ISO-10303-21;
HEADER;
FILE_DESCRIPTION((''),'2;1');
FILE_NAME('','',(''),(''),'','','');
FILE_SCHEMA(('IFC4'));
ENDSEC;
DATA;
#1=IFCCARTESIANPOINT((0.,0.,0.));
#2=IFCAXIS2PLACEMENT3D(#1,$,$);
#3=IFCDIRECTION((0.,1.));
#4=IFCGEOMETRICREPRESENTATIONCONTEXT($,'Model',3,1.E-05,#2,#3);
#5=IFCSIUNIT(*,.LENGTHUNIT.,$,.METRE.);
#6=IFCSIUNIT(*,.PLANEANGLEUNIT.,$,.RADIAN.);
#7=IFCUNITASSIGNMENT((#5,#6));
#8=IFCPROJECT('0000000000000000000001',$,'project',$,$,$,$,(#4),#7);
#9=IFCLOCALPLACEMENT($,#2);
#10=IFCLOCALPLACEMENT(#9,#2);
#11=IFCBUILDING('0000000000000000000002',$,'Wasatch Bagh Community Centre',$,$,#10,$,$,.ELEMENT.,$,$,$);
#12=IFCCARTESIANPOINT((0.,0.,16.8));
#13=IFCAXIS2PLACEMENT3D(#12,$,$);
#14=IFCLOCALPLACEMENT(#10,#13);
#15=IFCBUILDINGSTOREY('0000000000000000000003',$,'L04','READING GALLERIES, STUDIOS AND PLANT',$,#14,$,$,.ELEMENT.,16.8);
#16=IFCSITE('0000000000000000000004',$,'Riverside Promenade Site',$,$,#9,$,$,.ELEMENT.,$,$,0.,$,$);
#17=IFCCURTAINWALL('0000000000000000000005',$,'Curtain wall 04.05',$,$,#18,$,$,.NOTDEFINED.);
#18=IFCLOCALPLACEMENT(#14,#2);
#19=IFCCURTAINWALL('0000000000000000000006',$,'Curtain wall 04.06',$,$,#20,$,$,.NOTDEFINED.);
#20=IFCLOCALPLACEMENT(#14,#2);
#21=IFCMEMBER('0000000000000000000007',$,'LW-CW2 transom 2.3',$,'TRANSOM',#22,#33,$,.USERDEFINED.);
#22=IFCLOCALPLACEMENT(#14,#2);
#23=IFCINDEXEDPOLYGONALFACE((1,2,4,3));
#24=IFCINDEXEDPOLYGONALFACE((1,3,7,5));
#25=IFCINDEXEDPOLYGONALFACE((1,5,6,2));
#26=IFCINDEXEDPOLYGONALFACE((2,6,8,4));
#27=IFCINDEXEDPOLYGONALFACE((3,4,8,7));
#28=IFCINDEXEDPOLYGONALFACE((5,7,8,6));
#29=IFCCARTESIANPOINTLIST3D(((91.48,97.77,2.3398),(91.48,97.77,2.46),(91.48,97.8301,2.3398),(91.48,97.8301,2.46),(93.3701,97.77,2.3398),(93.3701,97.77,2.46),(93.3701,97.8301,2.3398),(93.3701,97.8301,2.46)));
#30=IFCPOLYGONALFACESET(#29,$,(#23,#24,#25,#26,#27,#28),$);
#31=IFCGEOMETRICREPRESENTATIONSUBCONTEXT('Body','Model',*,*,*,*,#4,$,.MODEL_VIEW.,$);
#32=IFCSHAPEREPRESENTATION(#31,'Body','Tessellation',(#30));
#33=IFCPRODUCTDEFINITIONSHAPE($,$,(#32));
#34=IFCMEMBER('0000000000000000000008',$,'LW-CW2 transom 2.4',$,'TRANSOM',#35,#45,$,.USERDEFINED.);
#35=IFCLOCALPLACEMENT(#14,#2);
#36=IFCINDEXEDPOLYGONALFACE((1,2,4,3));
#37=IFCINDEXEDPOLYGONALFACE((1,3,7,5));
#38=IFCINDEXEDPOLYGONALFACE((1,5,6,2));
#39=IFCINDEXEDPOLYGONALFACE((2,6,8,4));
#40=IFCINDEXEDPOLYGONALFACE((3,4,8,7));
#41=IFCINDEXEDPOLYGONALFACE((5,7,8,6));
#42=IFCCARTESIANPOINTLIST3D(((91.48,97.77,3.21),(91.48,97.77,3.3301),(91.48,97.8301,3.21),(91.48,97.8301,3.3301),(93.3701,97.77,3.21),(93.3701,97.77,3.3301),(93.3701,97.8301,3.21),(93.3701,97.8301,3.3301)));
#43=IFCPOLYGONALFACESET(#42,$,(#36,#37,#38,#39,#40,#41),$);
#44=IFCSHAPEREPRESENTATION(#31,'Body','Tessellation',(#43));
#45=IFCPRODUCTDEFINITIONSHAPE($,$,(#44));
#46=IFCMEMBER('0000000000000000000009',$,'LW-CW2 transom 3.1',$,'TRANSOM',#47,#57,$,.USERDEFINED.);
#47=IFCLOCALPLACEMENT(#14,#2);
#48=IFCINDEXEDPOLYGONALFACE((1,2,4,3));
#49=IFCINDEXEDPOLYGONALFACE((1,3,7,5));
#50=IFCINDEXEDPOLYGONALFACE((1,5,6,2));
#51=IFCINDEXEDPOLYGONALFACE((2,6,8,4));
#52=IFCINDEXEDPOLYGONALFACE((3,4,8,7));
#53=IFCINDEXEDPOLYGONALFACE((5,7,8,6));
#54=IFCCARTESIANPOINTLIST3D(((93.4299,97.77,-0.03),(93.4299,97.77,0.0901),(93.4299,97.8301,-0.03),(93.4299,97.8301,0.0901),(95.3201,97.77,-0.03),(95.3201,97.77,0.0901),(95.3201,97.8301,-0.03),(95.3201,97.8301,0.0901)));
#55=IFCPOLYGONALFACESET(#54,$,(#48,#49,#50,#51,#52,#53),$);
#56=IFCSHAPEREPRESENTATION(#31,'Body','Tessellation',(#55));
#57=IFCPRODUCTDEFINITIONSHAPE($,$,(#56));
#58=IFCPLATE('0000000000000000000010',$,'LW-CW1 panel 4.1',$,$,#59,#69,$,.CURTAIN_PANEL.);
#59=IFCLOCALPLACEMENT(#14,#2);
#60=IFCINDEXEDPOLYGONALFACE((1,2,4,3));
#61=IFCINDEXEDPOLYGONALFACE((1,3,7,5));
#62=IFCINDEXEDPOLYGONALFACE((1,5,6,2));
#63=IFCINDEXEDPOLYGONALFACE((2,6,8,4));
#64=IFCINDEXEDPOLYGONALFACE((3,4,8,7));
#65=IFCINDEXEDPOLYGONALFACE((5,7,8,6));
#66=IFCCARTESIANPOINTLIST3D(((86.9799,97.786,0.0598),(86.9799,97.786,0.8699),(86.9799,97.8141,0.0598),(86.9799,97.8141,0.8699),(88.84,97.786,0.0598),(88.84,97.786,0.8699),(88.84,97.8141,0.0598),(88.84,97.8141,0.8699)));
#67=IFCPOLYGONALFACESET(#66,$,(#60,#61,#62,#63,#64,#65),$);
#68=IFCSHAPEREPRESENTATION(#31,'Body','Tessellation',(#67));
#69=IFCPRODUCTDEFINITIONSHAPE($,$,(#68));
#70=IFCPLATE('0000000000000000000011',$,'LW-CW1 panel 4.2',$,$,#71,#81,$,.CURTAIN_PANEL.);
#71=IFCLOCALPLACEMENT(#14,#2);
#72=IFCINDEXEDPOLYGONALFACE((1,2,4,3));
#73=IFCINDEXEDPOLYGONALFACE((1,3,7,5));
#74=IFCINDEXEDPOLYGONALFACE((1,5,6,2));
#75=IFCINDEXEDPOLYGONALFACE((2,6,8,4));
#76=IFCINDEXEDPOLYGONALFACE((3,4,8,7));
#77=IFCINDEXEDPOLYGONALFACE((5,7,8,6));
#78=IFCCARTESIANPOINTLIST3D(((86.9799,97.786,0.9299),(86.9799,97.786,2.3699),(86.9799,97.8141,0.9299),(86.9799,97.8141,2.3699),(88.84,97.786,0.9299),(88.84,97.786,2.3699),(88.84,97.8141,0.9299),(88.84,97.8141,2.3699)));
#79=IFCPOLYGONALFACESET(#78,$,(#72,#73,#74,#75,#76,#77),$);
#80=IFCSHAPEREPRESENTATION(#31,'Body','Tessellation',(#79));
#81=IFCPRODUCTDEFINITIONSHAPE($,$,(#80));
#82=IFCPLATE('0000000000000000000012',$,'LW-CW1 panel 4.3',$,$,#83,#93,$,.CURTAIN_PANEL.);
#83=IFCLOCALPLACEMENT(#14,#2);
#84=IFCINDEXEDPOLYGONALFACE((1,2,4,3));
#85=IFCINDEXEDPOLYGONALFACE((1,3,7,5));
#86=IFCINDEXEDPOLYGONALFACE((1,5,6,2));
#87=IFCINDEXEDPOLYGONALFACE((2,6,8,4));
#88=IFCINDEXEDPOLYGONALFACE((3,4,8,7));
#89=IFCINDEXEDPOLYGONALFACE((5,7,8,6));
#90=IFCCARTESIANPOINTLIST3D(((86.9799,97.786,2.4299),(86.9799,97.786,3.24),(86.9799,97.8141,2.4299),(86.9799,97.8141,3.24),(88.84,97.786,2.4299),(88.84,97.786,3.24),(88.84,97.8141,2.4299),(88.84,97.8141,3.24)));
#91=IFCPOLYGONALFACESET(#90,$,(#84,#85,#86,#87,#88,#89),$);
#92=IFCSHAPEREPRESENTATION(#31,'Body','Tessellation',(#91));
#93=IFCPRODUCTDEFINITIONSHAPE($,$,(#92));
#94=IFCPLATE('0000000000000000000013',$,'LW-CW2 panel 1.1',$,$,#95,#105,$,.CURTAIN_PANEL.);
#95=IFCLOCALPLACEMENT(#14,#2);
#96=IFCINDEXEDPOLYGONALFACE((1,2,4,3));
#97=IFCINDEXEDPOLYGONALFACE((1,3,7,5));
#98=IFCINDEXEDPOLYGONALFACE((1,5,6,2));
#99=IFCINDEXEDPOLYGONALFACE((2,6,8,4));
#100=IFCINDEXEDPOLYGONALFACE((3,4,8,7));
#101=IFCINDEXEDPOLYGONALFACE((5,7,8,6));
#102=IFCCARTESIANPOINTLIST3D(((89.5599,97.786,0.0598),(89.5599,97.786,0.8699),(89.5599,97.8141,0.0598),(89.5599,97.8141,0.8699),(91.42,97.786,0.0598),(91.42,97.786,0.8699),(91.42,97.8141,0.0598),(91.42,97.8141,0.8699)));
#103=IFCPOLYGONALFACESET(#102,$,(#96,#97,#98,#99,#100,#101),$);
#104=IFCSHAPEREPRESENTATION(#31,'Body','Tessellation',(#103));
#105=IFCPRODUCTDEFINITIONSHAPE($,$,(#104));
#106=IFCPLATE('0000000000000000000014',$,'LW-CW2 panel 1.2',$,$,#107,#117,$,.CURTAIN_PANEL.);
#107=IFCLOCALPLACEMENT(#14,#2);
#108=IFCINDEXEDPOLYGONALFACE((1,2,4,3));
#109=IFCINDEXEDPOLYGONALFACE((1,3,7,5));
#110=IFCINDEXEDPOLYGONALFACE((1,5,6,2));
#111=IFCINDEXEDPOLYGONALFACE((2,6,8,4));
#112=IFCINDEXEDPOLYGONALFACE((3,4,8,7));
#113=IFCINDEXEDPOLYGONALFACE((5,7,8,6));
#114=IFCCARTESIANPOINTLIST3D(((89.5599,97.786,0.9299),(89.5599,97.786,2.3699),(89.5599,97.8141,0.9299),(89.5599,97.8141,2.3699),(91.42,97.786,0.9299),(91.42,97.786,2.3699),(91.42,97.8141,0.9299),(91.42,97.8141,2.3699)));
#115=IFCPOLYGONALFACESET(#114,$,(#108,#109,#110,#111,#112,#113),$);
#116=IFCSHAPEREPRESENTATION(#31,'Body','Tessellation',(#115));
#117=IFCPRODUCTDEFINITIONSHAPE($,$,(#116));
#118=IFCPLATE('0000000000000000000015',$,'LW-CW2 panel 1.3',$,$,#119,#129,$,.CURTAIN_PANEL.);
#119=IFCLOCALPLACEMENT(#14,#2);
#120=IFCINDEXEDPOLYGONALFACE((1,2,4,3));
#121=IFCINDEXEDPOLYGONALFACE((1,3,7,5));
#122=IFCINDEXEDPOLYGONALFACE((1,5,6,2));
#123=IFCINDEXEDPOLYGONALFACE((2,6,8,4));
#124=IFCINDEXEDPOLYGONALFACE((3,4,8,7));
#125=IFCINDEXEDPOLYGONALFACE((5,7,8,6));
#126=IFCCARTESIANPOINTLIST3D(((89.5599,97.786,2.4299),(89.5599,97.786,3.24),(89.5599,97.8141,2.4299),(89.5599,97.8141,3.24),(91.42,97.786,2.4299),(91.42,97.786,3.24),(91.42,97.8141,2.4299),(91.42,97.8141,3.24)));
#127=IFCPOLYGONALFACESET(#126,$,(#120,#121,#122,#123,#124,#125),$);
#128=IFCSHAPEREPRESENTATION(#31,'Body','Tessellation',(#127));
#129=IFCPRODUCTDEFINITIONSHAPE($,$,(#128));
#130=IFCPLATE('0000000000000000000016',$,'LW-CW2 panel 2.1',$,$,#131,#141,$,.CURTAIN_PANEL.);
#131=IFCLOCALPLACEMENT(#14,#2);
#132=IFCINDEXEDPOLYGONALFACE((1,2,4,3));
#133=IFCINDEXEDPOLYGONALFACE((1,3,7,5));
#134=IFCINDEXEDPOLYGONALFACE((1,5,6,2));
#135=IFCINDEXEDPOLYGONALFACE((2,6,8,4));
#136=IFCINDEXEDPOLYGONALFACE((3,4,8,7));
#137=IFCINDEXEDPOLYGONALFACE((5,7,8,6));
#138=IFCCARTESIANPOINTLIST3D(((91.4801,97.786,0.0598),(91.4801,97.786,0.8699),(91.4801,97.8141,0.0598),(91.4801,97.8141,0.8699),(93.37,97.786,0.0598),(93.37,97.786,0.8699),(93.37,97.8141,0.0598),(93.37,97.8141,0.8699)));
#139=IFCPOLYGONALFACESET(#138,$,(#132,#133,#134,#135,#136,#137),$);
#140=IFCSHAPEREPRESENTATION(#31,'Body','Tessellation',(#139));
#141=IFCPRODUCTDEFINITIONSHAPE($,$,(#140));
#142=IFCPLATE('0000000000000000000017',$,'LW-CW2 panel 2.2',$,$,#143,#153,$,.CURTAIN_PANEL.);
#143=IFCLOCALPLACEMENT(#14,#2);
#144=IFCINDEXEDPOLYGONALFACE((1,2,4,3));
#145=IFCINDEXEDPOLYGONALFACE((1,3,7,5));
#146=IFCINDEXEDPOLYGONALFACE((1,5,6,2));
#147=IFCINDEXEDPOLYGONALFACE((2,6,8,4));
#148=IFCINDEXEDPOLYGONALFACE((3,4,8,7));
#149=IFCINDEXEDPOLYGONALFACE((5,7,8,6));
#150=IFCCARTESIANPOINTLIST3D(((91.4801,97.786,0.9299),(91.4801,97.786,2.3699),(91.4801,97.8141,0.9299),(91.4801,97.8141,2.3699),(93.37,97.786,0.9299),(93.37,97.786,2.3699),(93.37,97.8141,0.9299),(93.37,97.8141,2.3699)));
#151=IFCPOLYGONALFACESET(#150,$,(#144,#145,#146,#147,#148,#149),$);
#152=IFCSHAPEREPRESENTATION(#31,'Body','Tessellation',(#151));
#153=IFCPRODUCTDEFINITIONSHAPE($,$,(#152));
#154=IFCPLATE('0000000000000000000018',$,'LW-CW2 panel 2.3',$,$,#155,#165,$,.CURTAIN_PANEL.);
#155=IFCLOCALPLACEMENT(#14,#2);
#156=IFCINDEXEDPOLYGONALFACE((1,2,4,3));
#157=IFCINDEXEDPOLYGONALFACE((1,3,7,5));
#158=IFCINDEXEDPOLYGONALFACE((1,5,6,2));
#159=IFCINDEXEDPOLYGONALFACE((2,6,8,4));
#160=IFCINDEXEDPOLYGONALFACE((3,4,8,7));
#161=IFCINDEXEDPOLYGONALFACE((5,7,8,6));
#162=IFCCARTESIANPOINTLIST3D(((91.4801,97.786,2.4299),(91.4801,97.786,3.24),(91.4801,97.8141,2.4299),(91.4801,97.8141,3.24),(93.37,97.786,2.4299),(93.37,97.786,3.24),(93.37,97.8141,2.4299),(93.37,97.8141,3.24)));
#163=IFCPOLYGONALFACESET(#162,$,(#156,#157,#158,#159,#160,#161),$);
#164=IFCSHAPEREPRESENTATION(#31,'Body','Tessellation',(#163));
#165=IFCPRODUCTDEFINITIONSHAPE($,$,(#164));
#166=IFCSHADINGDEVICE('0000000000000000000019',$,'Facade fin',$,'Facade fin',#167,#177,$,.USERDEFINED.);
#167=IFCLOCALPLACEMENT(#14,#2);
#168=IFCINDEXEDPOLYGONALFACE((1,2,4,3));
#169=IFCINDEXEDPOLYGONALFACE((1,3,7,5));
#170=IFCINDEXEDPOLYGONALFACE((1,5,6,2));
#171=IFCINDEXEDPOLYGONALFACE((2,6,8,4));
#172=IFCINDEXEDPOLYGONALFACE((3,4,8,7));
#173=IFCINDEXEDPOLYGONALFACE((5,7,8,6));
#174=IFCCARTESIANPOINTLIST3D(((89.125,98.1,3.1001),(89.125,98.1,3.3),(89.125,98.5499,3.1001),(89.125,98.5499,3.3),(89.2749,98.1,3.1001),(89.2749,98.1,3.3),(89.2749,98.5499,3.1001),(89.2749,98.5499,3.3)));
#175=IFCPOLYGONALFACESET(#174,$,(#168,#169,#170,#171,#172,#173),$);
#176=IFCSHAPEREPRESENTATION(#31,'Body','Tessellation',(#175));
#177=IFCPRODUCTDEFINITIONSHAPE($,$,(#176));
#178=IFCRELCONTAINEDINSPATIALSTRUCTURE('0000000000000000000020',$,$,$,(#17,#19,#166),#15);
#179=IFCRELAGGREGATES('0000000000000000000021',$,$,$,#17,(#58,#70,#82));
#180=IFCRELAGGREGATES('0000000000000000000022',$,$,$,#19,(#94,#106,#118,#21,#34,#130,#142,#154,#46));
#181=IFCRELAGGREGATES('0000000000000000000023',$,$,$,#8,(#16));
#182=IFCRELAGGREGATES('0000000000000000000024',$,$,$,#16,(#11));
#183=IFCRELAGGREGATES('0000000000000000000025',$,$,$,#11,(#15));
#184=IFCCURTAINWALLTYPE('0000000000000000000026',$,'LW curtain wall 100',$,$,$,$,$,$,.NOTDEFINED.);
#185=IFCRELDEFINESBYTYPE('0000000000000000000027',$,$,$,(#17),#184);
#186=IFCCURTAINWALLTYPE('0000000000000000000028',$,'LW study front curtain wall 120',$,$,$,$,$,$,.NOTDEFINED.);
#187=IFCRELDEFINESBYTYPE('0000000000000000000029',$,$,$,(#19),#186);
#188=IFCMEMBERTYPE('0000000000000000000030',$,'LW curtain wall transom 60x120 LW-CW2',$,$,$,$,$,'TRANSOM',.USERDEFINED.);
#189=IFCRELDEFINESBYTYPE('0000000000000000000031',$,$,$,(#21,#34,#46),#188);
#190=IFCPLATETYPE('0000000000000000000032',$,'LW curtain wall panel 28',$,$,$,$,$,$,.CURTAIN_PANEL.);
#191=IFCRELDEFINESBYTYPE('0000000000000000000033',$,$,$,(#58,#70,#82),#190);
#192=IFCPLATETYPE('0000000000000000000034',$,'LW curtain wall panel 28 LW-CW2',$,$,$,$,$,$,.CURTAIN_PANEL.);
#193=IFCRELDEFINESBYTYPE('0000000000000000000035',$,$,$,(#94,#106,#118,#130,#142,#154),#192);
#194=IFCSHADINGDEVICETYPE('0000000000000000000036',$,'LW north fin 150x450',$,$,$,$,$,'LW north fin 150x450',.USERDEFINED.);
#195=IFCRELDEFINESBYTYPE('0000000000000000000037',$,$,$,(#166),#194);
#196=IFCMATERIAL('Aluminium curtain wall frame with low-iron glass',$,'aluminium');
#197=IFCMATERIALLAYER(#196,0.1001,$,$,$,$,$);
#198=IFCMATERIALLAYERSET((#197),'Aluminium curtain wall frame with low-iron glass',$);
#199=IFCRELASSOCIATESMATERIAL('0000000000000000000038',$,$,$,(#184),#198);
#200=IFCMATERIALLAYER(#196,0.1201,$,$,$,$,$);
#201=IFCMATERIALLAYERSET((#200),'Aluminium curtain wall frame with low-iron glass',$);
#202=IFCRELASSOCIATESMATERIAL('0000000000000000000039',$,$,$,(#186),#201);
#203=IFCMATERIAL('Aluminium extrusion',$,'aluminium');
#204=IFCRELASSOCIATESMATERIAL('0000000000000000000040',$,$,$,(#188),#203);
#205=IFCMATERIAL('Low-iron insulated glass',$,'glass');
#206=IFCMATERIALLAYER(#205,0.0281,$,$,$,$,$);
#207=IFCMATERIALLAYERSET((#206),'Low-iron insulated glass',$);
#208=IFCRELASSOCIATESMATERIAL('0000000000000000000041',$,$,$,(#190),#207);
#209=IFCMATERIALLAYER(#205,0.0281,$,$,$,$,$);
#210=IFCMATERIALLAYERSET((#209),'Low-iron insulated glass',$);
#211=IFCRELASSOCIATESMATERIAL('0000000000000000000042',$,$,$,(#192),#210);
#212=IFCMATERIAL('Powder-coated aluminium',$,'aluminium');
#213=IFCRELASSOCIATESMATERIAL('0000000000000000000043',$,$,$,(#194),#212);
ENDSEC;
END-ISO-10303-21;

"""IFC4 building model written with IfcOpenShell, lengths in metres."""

from ifc_helpers import new_model, si_unit, direction, frame, origin, origin_2d, place, context, subcontext, project, spatial, rectangle, extrude, material, layer, layer_set, material_profile, profile_set, type_object, element, aggregate, save


model = new_model("IFC4")

# Units and contexts
model_context = context("Model", 3, precision=1e-05, world=origin(), true_north=direction((0.0, 1.0)))
body_context = subcontext(model_context, "Body", "Model", "MODEL_VIEW")
ifc_project = project(units=[si_unit("LENGTHUNIT", "METRE"), si_unit("PLANEANGLEUNIT", "RADIAN")], contexts=[model_context])

# Site, building, storey
site_placement = place(None, origin())
site = spatial("IfcSite", under=ifc_project, at=site_placement, Name="Riverside Promenade Site", CompositionType="ELEMENT", RefElevation=0.0)
building_placement = place(site_placement, origin())
building = spatial("IfcBuilding", under=site, at=building_placement, Name="Wasatch Bagh Community Centre", CompositionType="ELEMENT")
storey_placement = place(building_placement, frame((0.0, 0.0, 16.8)))
storey = spatial("IfcBuildingStorey", under=building, at=storey_placement, Name="L04", Description="READING GALLERIES, STUDIOS AND PLANT", CompositionType="ELEMENT", Elevation=16.8)

# Curtain wall
ifc_material_1 = material(Name="Aluminium curtain wall frame with low-iron glass", Category="aluminium")
ifc_layer_1 = layer(ifc_material_1, 0.1001)
ifc_layer_set_1 = layer_set([ifc_layer_1], Name="Aluminium curtain wall frame with low-iron glass")
curtain_wall_type_1 = type_object("IfcCurtainWallType", Name="LW curtain wall 100", PredefinedType="NOTDEFINED", material=ifc_layer_set_1)
curtain_wall_1_placement = place(storey_placement, origin())
curtain_wall_1 = element("IfcCurtainWall", 1, at=curtain_wall_1_placement, inside=storey, type_object=curtain_wall_type_1, Name="Curtain wall 04.05", PredefinedType="NOTDEFINED")
ifc_material_2 = material(Name="Aluminium extrusion", Category="aluminium")

# Curtain wall
ifc_layer_2 = layer(ifc_material_1, 0.1201)
ifc_layer_set_2 = layer_set([ifc_layer_2], Name="Aluminium curtain wall frame with low-iron glass")
curtain_wall_type_2 = type_object("IfcCurtainWallType", Name="LW study front curtain wall 120", PredefinedType="NOTDEFINED", material=ifc_layer_set_2)
curtain_wall_2_placement = place(storey_placement, origin())
curtain_wall_2 = element("IfcCurtainWall", 2, at=curtain_wall_2_placement, inside=storey, type_object=curtain_wall_type_2, Name="Curtain wall 04.06", PredefinedType="NOTDEFINED")

# Members
ifc_material_profile_1 = material_profile(ifc_material_2, rectangle(XDim=0.0601, YDim=0.1201, at=origin_2d()), Name="AL 60x120")
ifc_profile_set_1 = profile_set([ifc_material_profile_1], Name="Aluminium extrusion")
member_type_1 = type_object("IfcMemberType", Name="LW curtain wall transom 60x120 LW-CW2", ElementType="TRANSOM", PredefinedType="USERDEFINED", material=ifc_profile_set_1)
member_1_placement = place(storey_placement, frame((91.48, 97.8, 2.3999), z_axis=(1.0, 0.0, 0.0), x_axis=(0.0, 1.0, 0.0)))
member_1 = element("IfcMember", 3, at=member_1_placement, type_object=member_type_1, Name="LW-CW2 transom 2.3", ObjectType="TRANSOM", PredefinedType="USERDEFINED", context=body_context, shape_type="SweptSolid", body=[
    extrude(rectangle(XDim=0.0601, YDim=0.1201, at=origin_2d()), origin(), (0.0, 0.0, 1.0), 1.8901),
])
member_2_placement = place(storey_placement, frame((91.48, 97.8, 3.27), z_axis=(1.0, 0.0, 0.0), x_axis=(0.0, 1.0, 0.0)))
member_2 = element("IfcMember", 4, at=member_2_placement, type_object=member_type_1, Name="LW-CW2 transom 2.4", ObjectType="TRANSOM", PredefinedType="USERDEFINED", context=body_context, shape_type="SweptSolid", body=[
    extrude(rectangle(XDim=0.0601, YDim=0.1201, at=origin_2d()), origin(), (0.0, 0.0, 1.0), 1.8901),
])
member_3_placement = place(storey_placement, frame((93.4299, 97.8, 0.03), z_axis=(1.0, 0.0, 0.0), x_axis=(0.0, 1.0, 0.0)))
member_3 = element("IfcMember", 5, at=member_3_placement, type_object=member_type_1, Name="LW-CW2 transom 3.1", ObjectType="TRANSOM", PredefinedType="USERDEFINED", context=body_context, shape_type="SweptSolid", body=[
    extrude(rectangle(XDim=0.0601, YDim=0.1201, at=origin_2d()), origin(), (0.0, 0.0, 1.0), 1.8901),
])

# Plates
ifc_material_3 = material(Name="Low-iron insulated glass", Category="glass")
ifc_layer_3 = layer(ifc_material_3, 0.0281)
ifc_layer_set_3 = layer_set([ifc_layer_3], Name="Low-iron insulated glass")
plate_type_1 = type_object("IfcPlateType", Name="LW curtain wall panel 28", PredefinedType="CURTAIN_PANEL", material=ifc_layer_set_3)
plate_1_placement = place(storey_placement, frame((87.9099, 97.8, 0.0598), z_axis=(0.0, 0.0, 1.0), x_axis=(1.0, 0.0, 0.0)))
plate_1 = element("IfcPlate", 6, at=plate_1_placement, type_object=plate_type_1, Name="LW-CW1 panel 4.1", PredefinedType="CURTAIN_PANEL", context=body_context, shape_type="SweptSolid", body=[
    extrude(rectangle(XDim=1.8601, YDim=0.0281, at=origin_2d()), origin(), (0.0, 0.0, 1.0), 0.8101),
])
plate_2_placement = place(storey_placement, frame((87.9099, 97.8, 0.9299), z_axis=(0.0, 0.0, 1.0), x_axis=(1.0, 0.0, 0.0)))
plate_2 = element("IfcPlate", 7, at=plate_2_placement, type_object=plate_type_1, Name="LW-CW1 panel 4.2", PredefinedType="CURTAIN_PANEL", context=body_context, shape_type="SweptSolid", body=[
    extrude(rectangle(XDim=1.8601, YDim=0.0281, at=origin_2d()), origin(), (0.0, 0.0, 1.0), 1.4399),
])
plate_3_placement = place(storey_placement, frame((87.9099, 97.8, 2.4299), z_axis=(0.0, 0.0, 1.0), x_axis=(1.0, 0.0, 0.0)))
plate_3 = element("IfcPlate", 8, at=plate_3_placement, type_object=plate_type_1, Name="LW-CW1 panel 4.3", PredefinedType="CURTAIN_PANEL", context=body_context, shape_type="SweptSolid", body=[
    extrude(rectangle(XDim=1.8601, YDim=0.0281, at=origin_2d()), origin(), (0.0, 0.0, 1.0), 0.8101),
])
aggregate(curtain_wall_1, [plate_1, plate_2, plate_3])
ifc_layer_4 = layer(ifc_material_3, 0.0281)
ifc_layer_set_4 = layer_set([ifc_layer_4], Name="Low-iron insulated glass")
plate_type_2 = type_object("IfcPlateType", Name="LW curtain wall panel 28 LW-CW2", PredefinedType="CURTAIN_PANEL", material=ifc_layer_set_4)
plate_4_placement = place(storey_placement, frame((90.49, 97.8, 0.0598), z_axis=(0.0, 0.0, 1.0), x_axis=(1.0, 0.0, 0.0)))
plate_4 = element("IfcPlate", 9, at=plate_4_placement, type_object=plate_type_2, Name="LW-CW2 panel 1.1", PredefinedType="CURTAIN_PANEL", context=body_context, shape_type="SweptSolid", body=[
    extrude(rectangle(XDim=1.8601, YDim=0.0281, at=origin_2d()), origin(), (0.0, 0.0, 1.0), 0.8101),
])
plate_5_placement = place(storey_placement, frame((90.49, 97.8, 0.9299), z_axis=(0.0, 0.0, 1.0), x_axis=(1.0, 0.0, 0.0)))
plate_5 = element("IfcPlate", 10, at=plate_5_placement, type_object=plate_type_2, Name="LW-CW2 panel 1.2", PredefinedType="CURTAIN_PANEL", context=body_context, shape_type="SweptSolid", body=[
    extrude(rectangle(XDim=1.8601, YDim=0.0281, at=origin_2d()), origin(), (0.0, 0.0, 1.0), 1.4399),
])
plate_6_placement = place(storey_placement, frame((90.49, 97.8, 2.4299), z_axis=(0.0, 0.0, 1.0), x_axis=(1.0, 0.0, 0.0)))
plate_6 = element("IfcPlate", 11, at=plate_6_placement, type_object=plate_type_2, Name="LW-CW2 panel 1.3", PredefinedType="CURTAIN_PANEL", context=body_context, shape_type="SweptSolid", body=[
    extrude(rectangle(XDim=1.8601, YDim=0.0281, at=origin_2d()), origin(), (0.0, 0.0, 1.0), 0.8101),
])
plate_7_placement = place(storey_placement, frame((92.425, 97.8, 0.0598), z_axis=(0.0, 0.0, 1.0), x_axis=(1.0, 0.0, 0.0)))
plate_7 = element("IfcPlate", 12, at=plate_7_placement, type_object=plate_type_2, Name="LW-CW2 panel 2.1", PredefinedType="CURTAIN_PANEL", context=body_context, shape_type="SweptSolid", body=[
    extrude(rectangle(XDim=1.8899, YDim=0.0281, at=origin_2d()), origin(), (0.0, 0.0, 1.0), 0.8101),
])
plate_8_placement = place(storey_placement, frame((92.425, 97.8, 0.9299), z_axis=(0.0, 0.0, 1.0), x_axis=(1.0, 0.0, 0.0)))
plate_8 = element("IfcPlate", 13, at=plate_8_placement, type_object=plate_type_2, Name="LW-CW2 panel 2.2", PredefinedType="CURTAIN_PANEL", context=body_context, shape_type="SweptSolid", body=[
    extrude(rectangle(XDim=1.8899, YDim=0.0281, at=origin_2d()), origin(), (0.0, 0.0, 1.0), 1.4399),
])
plate_9_placement = place(storey_placement, frame((92.425, 97.8, 2.4299), z_axis=(0.0, 0.0, 1.0), x_axis=(1.0, 0.0, 0.0)))
plate_9 = element("IfcPlate", 14, at=plate_9_placement, type_object=plate_type_2, Name="LW-CW2 panel 2.3", PredefinedType="CURTAIN_PANEL", context=body_context, shape_type="SweptSolid", body=[
    extrude(rectangle(XDim=1.8899, YDim=0.0281, at=origin_2d()), origin(), (0.0, 0.0, 1.0), 0.8101),
])
aggregate(curtain_wall_2, [plate_4, plate_5, plate_6, member_1, member_2, plate_7, plate_8, plate_9, member_3])

# Shading device
ifc_material_4 = material(Name="Powder-coated aluminium", Category="aluminium")
shading_device_type = type_object("IfcShadingDeviceType", Name="LW north fin 150x450", ElementType="LW north fin 150x450", PredefinedType="USERDEFINED", material=ifc_material_4)
shading_device_placement = place(storey_placement, frame((89.2, 98.325, 3.1001), z_axis=(0.0, 0.0, 1.0), x_axis=(1.0, 0.0, 0.0)))
element("IfcShadingDevice", 15, at=shading_device_placement, inside=storey, type_object=shading_device_type, Name="Facade fin", ObjectType="Facade fin", PredefinedType="USERDEFINED", context=body_context, shape_type="SweptSolid", body=[
    extrude(rectangle(XDim=0.1499, YDim=0.45, at=origin_2d()), origin(), (0.0, 0.0, 1.0), 0.2),
])

save(model, "model.ifc")
